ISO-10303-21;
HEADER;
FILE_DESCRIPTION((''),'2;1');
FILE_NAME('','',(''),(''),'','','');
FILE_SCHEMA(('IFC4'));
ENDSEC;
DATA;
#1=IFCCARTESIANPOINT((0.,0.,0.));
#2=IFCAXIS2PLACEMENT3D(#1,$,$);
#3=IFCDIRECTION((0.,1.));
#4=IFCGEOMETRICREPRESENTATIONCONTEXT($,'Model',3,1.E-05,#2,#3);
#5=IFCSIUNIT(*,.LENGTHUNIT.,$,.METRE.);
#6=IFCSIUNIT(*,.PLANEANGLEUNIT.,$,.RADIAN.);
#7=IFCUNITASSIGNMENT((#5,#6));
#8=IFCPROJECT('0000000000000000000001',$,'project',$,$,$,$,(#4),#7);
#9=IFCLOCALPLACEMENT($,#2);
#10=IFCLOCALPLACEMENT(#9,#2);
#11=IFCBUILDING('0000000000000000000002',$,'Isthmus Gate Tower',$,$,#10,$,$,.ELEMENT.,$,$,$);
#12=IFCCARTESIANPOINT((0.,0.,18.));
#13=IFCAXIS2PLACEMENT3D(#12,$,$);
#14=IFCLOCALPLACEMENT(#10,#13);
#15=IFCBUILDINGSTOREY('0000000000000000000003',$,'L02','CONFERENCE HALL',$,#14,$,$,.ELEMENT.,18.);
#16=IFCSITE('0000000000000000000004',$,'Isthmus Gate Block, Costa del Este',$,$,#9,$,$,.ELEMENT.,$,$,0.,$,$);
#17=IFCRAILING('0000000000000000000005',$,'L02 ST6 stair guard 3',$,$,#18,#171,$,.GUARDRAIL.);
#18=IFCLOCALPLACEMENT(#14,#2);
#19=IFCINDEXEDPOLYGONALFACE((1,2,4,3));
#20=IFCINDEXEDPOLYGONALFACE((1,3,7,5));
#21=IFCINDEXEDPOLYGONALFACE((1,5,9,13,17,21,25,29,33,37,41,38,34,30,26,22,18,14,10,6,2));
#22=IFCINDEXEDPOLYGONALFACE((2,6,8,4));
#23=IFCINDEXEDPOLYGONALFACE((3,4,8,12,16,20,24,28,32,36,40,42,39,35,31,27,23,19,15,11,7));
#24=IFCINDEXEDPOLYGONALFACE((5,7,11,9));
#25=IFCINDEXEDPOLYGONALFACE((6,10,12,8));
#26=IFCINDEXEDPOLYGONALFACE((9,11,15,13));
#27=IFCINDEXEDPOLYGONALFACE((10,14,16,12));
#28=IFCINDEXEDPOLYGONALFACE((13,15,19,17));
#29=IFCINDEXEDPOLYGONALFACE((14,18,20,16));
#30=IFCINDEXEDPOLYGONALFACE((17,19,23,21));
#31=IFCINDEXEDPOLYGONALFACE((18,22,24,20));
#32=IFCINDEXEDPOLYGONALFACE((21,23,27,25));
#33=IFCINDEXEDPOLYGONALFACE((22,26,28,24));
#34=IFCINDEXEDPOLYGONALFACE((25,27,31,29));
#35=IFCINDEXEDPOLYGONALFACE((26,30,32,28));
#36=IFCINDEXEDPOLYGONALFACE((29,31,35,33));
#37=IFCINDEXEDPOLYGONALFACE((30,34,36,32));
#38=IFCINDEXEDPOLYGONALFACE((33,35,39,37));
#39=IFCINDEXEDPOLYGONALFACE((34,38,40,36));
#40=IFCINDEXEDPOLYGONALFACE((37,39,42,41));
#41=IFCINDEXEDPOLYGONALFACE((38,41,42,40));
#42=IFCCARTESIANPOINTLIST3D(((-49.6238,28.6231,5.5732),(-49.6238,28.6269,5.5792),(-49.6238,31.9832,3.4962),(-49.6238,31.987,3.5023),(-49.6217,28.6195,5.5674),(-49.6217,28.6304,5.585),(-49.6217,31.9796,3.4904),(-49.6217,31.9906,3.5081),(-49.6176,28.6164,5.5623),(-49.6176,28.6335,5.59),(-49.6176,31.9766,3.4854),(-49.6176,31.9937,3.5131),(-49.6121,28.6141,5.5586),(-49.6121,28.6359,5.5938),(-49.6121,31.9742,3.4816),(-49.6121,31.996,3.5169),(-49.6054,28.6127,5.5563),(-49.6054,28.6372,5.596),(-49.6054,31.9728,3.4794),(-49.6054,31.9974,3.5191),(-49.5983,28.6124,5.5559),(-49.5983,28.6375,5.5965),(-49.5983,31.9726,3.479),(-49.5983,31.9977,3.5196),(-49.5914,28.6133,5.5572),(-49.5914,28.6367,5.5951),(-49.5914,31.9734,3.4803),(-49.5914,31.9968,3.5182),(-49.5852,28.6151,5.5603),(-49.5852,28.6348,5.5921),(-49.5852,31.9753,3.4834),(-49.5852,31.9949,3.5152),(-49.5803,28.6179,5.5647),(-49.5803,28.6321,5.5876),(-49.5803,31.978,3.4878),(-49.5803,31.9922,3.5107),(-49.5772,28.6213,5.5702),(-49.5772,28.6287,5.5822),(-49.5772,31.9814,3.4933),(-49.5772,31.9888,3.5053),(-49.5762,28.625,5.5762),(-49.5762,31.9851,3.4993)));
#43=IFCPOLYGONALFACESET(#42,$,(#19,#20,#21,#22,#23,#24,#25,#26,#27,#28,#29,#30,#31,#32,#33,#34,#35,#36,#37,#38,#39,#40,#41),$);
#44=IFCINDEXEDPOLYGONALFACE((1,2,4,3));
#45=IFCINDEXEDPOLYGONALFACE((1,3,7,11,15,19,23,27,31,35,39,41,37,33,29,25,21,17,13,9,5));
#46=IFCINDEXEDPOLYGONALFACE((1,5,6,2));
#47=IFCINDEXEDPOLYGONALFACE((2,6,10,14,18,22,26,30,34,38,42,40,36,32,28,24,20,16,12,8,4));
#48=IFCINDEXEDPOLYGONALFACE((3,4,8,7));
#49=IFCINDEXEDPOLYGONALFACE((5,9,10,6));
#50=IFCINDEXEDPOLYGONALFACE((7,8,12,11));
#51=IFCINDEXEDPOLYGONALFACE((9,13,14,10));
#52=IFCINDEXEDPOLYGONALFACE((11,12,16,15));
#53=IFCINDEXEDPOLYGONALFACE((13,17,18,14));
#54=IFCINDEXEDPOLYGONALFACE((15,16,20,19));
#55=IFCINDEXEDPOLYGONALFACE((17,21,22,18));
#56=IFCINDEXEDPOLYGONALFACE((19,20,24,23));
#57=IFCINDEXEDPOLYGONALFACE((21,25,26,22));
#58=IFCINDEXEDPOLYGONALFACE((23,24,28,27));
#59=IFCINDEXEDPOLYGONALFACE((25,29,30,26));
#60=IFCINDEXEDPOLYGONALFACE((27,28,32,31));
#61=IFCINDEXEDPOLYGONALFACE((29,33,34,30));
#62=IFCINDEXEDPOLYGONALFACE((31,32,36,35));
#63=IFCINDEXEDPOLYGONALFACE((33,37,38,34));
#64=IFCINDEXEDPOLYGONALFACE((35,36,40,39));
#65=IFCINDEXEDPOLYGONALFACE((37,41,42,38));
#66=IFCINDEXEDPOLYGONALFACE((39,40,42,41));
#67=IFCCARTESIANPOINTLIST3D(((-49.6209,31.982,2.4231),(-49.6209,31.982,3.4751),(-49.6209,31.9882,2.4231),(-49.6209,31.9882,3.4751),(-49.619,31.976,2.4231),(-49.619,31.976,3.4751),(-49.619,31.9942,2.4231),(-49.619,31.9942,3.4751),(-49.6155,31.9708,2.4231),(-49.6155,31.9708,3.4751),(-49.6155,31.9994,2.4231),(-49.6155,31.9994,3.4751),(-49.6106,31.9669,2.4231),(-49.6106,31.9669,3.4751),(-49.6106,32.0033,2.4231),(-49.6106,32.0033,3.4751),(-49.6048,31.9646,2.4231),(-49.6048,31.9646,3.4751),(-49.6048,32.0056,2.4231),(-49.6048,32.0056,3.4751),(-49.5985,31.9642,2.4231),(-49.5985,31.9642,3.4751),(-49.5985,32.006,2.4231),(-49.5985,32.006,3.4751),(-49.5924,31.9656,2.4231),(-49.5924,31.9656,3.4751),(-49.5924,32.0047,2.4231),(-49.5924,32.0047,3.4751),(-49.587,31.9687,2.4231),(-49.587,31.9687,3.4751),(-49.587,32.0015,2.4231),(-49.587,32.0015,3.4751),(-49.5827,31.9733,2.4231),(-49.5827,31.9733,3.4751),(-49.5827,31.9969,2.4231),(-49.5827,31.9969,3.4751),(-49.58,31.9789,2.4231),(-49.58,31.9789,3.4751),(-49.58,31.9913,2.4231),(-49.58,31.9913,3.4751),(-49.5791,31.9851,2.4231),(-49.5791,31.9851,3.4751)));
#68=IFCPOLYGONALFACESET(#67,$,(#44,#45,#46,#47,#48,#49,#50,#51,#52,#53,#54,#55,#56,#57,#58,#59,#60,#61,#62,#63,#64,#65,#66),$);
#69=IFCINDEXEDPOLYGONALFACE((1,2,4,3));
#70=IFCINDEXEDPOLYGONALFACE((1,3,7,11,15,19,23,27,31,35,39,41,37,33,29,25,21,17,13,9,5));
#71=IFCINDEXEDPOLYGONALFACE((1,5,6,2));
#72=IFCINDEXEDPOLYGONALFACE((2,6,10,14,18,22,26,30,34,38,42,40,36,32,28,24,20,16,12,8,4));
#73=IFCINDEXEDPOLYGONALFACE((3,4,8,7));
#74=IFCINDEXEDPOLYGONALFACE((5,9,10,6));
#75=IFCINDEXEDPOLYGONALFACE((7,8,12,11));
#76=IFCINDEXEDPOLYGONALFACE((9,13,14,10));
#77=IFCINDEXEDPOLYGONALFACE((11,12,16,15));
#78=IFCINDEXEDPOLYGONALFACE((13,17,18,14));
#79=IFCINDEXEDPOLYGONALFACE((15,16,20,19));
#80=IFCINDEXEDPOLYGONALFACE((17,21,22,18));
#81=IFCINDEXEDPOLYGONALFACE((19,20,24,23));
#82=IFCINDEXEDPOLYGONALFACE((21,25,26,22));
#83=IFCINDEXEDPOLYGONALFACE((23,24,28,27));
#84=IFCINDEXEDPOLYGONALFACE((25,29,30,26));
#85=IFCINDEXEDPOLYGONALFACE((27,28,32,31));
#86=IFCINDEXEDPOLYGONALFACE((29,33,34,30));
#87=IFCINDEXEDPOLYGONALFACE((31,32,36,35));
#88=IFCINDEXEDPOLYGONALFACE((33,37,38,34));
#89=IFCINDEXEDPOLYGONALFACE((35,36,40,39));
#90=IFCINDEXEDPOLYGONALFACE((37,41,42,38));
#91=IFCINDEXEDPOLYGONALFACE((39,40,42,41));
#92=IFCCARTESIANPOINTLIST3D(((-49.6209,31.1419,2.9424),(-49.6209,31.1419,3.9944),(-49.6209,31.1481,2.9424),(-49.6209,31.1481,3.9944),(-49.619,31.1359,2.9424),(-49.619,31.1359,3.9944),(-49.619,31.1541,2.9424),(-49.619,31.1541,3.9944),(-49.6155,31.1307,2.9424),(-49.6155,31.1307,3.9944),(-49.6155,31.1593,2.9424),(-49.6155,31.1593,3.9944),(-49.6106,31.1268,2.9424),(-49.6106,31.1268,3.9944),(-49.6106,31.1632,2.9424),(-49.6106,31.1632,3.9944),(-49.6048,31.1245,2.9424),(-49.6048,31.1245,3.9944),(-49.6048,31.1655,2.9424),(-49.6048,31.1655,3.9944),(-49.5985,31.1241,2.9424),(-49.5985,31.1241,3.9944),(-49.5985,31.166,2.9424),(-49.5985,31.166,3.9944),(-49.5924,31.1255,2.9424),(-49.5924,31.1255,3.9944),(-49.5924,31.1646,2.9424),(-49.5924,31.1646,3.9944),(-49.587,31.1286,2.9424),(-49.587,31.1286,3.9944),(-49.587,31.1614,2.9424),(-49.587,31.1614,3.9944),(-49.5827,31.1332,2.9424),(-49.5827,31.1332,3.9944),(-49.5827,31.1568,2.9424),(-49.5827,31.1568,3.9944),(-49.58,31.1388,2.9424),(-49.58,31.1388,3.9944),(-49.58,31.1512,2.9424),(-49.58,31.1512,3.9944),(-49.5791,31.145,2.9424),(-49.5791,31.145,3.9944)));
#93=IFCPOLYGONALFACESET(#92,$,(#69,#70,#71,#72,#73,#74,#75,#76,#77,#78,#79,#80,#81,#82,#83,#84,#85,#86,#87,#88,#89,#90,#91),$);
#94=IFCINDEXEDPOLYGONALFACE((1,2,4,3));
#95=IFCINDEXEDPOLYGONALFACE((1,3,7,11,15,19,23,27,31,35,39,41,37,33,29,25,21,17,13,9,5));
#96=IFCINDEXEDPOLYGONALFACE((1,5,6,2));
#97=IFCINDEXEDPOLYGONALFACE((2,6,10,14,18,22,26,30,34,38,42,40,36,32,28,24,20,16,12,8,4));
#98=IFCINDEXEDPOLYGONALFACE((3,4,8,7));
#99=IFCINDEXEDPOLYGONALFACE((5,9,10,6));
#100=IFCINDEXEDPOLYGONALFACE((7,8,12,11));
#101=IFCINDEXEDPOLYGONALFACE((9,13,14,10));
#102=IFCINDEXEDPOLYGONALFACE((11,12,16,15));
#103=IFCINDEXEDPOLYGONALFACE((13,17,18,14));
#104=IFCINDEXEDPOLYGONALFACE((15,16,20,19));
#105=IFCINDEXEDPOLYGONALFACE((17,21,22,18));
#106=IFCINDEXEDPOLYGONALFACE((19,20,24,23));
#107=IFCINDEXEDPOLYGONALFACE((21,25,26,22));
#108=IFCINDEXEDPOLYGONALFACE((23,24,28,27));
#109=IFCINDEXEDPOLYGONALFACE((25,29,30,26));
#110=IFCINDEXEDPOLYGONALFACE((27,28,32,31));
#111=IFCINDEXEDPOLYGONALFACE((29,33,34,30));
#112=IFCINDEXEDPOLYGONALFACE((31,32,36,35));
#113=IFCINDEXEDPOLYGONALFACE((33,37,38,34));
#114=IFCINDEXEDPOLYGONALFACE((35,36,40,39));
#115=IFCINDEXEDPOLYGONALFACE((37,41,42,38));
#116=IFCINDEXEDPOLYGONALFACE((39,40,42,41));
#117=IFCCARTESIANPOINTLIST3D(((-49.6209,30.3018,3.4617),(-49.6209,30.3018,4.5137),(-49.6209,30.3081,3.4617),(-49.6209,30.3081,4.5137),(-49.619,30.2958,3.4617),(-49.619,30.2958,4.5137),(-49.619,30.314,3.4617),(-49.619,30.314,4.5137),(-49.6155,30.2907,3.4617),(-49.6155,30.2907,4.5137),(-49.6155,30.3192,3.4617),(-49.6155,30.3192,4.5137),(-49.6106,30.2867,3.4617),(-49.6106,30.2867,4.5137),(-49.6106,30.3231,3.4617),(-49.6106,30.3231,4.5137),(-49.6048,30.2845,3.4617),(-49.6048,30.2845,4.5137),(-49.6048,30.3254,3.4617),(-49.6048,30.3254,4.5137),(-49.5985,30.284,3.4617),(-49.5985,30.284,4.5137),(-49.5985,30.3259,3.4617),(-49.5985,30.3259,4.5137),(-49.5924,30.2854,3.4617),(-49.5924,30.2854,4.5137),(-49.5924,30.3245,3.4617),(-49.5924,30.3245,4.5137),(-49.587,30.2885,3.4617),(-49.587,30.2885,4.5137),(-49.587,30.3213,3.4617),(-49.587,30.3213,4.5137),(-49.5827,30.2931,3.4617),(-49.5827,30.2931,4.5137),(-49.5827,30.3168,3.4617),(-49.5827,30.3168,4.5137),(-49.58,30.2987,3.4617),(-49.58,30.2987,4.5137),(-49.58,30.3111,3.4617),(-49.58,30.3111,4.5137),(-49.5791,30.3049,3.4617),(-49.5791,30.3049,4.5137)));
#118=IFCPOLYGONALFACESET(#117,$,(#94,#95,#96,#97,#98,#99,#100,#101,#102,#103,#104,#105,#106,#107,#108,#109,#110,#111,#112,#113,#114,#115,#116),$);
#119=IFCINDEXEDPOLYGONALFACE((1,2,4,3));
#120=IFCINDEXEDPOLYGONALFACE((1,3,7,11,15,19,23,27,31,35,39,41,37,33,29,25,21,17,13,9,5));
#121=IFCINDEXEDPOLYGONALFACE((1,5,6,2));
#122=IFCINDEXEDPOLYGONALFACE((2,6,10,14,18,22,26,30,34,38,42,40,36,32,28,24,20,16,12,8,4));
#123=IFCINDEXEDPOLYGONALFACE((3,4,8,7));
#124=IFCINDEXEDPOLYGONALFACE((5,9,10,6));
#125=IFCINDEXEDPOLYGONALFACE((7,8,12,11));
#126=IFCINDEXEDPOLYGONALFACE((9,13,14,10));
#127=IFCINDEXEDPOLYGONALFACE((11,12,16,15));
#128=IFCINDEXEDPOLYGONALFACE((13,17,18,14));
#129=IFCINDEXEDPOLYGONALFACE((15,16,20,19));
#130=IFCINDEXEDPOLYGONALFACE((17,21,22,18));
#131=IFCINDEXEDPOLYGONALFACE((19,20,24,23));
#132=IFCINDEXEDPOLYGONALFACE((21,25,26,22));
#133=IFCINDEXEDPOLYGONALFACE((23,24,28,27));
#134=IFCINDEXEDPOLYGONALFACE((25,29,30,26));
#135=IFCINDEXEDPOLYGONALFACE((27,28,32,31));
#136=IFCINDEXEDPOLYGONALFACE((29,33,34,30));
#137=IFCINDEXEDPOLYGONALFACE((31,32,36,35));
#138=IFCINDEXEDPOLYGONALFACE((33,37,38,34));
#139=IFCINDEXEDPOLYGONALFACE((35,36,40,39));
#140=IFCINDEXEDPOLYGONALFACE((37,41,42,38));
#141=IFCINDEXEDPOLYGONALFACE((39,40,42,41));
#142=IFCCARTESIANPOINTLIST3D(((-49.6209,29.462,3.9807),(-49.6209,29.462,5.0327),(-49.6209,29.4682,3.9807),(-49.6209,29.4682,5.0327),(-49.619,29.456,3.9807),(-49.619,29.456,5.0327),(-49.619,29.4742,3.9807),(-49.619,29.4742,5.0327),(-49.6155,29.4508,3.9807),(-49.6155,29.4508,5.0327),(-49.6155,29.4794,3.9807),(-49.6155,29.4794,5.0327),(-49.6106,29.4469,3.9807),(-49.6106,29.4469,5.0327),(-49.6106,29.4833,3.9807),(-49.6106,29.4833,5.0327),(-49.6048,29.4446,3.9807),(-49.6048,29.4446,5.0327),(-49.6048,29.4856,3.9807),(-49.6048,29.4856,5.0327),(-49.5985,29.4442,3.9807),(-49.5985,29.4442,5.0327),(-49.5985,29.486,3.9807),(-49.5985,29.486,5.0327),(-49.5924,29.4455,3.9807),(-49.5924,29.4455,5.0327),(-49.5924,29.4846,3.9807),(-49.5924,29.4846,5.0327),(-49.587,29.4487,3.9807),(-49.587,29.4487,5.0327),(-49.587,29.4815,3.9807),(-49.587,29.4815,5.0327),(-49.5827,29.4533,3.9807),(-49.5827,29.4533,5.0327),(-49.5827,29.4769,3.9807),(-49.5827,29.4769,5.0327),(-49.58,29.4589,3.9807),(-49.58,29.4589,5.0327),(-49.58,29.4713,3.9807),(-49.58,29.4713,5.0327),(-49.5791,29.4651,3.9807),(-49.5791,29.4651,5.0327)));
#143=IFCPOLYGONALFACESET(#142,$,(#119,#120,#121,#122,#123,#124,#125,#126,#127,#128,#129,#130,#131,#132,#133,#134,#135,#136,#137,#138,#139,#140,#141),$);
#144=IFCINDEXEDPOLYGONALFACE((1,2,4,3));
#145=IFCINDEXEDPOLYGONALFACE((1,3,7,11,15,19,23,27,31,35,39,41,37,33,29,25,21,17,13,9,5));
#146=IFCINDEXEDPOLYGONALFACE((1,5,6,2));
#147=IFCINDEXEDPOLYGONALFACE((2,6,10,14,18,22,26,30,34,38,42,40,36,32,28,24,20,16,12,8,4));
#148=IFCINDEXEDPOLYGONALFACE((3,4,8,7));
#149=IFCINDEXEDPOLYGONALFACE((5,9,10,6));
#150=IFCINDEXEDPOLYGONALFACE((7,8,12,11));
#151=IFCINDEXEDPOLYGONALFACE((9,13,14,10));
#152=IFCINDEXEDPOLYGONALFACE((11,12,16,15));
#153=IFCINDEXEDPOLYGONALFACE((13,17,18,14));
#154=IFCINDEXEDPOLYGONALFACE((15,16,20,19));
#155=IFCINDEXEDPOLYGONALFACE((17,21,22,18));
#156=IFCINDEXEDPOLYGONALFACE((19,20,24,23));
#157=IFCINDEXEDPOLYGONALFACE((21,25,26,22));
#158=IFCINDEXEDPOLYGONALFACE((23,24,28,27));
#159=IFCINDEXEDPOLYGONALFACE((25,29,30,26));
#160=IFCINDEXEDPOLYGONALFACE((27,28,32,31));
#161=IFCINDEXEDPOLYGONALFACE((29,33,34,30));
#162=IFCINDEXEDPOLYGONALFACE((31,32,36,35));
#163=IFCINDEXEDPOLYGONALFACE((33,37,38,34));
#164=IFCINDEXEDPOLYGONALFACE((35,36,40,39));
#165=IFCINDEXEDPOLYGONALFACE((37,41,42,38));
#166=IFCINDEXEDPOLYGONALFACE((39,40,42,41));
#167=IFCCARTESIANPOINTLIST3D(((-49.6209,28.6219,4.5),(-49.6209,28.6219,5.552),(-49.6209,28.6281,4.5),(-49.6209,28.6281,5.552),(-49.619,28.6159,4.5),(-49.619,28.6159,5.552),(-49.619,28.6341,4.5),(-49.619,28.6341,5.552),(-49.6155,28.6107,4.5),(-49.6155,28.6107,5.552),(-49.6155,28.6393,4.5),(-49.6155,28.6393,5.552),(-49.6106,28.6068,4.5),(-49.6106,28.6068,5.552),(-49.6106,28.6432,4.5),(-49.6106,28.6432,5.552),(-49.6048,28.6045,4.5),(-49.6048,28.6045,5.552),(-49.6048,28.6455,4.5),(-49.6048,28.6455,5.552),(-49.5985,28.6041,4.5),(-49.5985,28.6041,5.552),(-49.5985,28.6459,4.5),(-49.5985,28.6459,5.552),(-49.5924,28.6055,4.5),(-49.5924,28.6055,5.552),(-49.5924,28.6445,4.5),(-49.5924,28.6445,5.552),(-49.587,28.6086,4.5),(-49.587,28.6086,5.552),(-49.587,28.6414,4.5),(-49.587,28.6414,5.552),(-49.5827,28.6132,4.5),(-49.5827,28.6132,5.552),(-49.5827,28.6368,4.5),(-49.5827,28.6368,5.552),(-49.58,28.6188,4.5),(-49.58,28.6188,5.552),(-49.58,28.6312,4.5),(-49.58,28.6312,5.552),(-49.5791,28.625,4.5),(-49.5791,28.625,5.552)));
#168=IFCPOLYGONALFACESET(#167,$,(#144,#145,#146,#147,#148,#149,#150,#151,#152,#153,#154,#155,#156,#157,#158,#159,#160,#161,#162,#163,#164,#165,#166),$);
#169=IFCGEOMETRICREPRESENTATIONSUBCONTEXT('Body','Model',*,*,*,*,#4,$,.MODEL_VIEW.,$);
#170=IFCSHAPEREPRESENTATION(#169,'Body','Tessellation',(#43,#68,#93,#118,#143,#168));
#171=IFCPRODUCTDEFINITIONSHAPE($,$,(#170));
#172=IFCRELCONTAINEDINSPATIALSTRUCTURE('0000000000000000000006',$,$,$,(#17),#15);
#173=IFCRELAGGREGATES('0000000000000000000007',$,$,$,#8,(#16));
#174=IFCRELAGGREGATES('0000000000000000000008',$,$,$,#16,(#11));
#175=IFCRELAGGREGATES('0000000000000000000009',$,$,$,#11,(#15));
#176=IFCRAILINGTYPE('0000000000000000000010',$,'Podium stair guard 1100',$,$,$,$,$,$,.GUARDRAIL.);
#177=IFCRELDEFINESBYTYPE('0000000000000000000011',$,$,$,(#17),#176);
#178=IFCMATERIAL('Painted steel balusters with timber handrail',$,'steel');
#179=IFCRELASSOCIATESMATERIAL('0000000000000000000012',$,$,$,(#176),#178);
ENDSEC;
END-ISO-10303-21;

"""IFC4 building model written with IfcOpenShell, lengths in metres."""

from ifc_helpers import new_model, si_unit, direction, frame, origin, origin_2d, place, context, subcontext, project, spatial, circle, extrude, material, type_object, element, save


model = new_model("IFC4")

# Units and contexts
model_context = context("Model", 3, precision=1e-05, world=origin(), true_north=direction((0.0, 1.0)))
body_context = subcontext(model_context, "Body", "Model", "MODEL_VIEW")
ifc_project = project(units=[si_unit("LENGTHUNIT", "METRE"), si_unit("PLANEANGLEUNIT", "RADIAN")], contexts=[model_context])

# Site, building, storey
site_placement = place(None, origin())
site = spatial("IfcSite", under=ifc_project, at=site_placement, Name="Isthmus Gate Block, Costa del Este", CompositionType="ELEMENT", RefElevation=0.0)
building_placement = place(site_placement, origin())
building = spatial("IfcBuilding", under=site, at=building_placement, Name="Isthmus Gate Tower", CompositionType="ELEMENT")
storey_placement = place(building_placement, frame((0.0, 0.0, 18.0)))
storey = spatial("IfcBuildingStorey", under=building, at=storey_placement, Name="L02", Description="CONFERENCE HALL", CompositionType="ELEMENT", Elevation=18.0)

# Railing
ifc_material_1 = material(Name="Painted steel balusters with timber handrail", Category="steel")
railing_type_1 = type_object("IfcRailingType", Name="Podium stair guard 1100", PredefinedType="GUARDRAIL", material=ifc_material_1)
railing_1_placement = place(storey_placement, frame((-49.6001, 31.9851, 2.4231)))
element("IfcRailing", 1, at=railing_1_placement, inside=storey, type_object=railing_type_1, Name="L02 ST6 stair guard 3", PredefinedType="GUARDRAIL", context=body_context, shape_type="SweptSolid", body=[
    extrude(circle(Radius=0.0239, at=origin_2d()), frame((0.0, 0.0, 1.0762), z_axis=(0.0, -0.850623, 0.525776), x_axis=(1.0, 0.0, 0.0)), (0.0, 0.0, 1.0), 3.9502),
    extrude(circle(Radius=0.021, at=origin_2d()), origin(), (0.0, 0.0, 1.0), 1.052),
    extrude(circle(Radius=0.021, at=origin_2d()), frame((0.0, -0.8401, 0.5193)), (0.0, 0.0, 1.0), 1.052),
    extrude(circle(Radius=0.021, at=origin_2d()), frame((0.0, -1.6802, 1.0386)), (0.0, 0.0, 1.0), 1.052),
    extrude(circle(Radius=0.021, at=origin_2d()), frame((0.0, -2.52, 1.5576)), (0.0, 0.0, 1.0), 1.052),
    extrude(circle(Radius=0.021, at=origin_2d()), frame((0.0, -3.3601, 2.0769)), (0.0, 0.0, 1.0), 1.052),
])

save(model, "model.ifc")
